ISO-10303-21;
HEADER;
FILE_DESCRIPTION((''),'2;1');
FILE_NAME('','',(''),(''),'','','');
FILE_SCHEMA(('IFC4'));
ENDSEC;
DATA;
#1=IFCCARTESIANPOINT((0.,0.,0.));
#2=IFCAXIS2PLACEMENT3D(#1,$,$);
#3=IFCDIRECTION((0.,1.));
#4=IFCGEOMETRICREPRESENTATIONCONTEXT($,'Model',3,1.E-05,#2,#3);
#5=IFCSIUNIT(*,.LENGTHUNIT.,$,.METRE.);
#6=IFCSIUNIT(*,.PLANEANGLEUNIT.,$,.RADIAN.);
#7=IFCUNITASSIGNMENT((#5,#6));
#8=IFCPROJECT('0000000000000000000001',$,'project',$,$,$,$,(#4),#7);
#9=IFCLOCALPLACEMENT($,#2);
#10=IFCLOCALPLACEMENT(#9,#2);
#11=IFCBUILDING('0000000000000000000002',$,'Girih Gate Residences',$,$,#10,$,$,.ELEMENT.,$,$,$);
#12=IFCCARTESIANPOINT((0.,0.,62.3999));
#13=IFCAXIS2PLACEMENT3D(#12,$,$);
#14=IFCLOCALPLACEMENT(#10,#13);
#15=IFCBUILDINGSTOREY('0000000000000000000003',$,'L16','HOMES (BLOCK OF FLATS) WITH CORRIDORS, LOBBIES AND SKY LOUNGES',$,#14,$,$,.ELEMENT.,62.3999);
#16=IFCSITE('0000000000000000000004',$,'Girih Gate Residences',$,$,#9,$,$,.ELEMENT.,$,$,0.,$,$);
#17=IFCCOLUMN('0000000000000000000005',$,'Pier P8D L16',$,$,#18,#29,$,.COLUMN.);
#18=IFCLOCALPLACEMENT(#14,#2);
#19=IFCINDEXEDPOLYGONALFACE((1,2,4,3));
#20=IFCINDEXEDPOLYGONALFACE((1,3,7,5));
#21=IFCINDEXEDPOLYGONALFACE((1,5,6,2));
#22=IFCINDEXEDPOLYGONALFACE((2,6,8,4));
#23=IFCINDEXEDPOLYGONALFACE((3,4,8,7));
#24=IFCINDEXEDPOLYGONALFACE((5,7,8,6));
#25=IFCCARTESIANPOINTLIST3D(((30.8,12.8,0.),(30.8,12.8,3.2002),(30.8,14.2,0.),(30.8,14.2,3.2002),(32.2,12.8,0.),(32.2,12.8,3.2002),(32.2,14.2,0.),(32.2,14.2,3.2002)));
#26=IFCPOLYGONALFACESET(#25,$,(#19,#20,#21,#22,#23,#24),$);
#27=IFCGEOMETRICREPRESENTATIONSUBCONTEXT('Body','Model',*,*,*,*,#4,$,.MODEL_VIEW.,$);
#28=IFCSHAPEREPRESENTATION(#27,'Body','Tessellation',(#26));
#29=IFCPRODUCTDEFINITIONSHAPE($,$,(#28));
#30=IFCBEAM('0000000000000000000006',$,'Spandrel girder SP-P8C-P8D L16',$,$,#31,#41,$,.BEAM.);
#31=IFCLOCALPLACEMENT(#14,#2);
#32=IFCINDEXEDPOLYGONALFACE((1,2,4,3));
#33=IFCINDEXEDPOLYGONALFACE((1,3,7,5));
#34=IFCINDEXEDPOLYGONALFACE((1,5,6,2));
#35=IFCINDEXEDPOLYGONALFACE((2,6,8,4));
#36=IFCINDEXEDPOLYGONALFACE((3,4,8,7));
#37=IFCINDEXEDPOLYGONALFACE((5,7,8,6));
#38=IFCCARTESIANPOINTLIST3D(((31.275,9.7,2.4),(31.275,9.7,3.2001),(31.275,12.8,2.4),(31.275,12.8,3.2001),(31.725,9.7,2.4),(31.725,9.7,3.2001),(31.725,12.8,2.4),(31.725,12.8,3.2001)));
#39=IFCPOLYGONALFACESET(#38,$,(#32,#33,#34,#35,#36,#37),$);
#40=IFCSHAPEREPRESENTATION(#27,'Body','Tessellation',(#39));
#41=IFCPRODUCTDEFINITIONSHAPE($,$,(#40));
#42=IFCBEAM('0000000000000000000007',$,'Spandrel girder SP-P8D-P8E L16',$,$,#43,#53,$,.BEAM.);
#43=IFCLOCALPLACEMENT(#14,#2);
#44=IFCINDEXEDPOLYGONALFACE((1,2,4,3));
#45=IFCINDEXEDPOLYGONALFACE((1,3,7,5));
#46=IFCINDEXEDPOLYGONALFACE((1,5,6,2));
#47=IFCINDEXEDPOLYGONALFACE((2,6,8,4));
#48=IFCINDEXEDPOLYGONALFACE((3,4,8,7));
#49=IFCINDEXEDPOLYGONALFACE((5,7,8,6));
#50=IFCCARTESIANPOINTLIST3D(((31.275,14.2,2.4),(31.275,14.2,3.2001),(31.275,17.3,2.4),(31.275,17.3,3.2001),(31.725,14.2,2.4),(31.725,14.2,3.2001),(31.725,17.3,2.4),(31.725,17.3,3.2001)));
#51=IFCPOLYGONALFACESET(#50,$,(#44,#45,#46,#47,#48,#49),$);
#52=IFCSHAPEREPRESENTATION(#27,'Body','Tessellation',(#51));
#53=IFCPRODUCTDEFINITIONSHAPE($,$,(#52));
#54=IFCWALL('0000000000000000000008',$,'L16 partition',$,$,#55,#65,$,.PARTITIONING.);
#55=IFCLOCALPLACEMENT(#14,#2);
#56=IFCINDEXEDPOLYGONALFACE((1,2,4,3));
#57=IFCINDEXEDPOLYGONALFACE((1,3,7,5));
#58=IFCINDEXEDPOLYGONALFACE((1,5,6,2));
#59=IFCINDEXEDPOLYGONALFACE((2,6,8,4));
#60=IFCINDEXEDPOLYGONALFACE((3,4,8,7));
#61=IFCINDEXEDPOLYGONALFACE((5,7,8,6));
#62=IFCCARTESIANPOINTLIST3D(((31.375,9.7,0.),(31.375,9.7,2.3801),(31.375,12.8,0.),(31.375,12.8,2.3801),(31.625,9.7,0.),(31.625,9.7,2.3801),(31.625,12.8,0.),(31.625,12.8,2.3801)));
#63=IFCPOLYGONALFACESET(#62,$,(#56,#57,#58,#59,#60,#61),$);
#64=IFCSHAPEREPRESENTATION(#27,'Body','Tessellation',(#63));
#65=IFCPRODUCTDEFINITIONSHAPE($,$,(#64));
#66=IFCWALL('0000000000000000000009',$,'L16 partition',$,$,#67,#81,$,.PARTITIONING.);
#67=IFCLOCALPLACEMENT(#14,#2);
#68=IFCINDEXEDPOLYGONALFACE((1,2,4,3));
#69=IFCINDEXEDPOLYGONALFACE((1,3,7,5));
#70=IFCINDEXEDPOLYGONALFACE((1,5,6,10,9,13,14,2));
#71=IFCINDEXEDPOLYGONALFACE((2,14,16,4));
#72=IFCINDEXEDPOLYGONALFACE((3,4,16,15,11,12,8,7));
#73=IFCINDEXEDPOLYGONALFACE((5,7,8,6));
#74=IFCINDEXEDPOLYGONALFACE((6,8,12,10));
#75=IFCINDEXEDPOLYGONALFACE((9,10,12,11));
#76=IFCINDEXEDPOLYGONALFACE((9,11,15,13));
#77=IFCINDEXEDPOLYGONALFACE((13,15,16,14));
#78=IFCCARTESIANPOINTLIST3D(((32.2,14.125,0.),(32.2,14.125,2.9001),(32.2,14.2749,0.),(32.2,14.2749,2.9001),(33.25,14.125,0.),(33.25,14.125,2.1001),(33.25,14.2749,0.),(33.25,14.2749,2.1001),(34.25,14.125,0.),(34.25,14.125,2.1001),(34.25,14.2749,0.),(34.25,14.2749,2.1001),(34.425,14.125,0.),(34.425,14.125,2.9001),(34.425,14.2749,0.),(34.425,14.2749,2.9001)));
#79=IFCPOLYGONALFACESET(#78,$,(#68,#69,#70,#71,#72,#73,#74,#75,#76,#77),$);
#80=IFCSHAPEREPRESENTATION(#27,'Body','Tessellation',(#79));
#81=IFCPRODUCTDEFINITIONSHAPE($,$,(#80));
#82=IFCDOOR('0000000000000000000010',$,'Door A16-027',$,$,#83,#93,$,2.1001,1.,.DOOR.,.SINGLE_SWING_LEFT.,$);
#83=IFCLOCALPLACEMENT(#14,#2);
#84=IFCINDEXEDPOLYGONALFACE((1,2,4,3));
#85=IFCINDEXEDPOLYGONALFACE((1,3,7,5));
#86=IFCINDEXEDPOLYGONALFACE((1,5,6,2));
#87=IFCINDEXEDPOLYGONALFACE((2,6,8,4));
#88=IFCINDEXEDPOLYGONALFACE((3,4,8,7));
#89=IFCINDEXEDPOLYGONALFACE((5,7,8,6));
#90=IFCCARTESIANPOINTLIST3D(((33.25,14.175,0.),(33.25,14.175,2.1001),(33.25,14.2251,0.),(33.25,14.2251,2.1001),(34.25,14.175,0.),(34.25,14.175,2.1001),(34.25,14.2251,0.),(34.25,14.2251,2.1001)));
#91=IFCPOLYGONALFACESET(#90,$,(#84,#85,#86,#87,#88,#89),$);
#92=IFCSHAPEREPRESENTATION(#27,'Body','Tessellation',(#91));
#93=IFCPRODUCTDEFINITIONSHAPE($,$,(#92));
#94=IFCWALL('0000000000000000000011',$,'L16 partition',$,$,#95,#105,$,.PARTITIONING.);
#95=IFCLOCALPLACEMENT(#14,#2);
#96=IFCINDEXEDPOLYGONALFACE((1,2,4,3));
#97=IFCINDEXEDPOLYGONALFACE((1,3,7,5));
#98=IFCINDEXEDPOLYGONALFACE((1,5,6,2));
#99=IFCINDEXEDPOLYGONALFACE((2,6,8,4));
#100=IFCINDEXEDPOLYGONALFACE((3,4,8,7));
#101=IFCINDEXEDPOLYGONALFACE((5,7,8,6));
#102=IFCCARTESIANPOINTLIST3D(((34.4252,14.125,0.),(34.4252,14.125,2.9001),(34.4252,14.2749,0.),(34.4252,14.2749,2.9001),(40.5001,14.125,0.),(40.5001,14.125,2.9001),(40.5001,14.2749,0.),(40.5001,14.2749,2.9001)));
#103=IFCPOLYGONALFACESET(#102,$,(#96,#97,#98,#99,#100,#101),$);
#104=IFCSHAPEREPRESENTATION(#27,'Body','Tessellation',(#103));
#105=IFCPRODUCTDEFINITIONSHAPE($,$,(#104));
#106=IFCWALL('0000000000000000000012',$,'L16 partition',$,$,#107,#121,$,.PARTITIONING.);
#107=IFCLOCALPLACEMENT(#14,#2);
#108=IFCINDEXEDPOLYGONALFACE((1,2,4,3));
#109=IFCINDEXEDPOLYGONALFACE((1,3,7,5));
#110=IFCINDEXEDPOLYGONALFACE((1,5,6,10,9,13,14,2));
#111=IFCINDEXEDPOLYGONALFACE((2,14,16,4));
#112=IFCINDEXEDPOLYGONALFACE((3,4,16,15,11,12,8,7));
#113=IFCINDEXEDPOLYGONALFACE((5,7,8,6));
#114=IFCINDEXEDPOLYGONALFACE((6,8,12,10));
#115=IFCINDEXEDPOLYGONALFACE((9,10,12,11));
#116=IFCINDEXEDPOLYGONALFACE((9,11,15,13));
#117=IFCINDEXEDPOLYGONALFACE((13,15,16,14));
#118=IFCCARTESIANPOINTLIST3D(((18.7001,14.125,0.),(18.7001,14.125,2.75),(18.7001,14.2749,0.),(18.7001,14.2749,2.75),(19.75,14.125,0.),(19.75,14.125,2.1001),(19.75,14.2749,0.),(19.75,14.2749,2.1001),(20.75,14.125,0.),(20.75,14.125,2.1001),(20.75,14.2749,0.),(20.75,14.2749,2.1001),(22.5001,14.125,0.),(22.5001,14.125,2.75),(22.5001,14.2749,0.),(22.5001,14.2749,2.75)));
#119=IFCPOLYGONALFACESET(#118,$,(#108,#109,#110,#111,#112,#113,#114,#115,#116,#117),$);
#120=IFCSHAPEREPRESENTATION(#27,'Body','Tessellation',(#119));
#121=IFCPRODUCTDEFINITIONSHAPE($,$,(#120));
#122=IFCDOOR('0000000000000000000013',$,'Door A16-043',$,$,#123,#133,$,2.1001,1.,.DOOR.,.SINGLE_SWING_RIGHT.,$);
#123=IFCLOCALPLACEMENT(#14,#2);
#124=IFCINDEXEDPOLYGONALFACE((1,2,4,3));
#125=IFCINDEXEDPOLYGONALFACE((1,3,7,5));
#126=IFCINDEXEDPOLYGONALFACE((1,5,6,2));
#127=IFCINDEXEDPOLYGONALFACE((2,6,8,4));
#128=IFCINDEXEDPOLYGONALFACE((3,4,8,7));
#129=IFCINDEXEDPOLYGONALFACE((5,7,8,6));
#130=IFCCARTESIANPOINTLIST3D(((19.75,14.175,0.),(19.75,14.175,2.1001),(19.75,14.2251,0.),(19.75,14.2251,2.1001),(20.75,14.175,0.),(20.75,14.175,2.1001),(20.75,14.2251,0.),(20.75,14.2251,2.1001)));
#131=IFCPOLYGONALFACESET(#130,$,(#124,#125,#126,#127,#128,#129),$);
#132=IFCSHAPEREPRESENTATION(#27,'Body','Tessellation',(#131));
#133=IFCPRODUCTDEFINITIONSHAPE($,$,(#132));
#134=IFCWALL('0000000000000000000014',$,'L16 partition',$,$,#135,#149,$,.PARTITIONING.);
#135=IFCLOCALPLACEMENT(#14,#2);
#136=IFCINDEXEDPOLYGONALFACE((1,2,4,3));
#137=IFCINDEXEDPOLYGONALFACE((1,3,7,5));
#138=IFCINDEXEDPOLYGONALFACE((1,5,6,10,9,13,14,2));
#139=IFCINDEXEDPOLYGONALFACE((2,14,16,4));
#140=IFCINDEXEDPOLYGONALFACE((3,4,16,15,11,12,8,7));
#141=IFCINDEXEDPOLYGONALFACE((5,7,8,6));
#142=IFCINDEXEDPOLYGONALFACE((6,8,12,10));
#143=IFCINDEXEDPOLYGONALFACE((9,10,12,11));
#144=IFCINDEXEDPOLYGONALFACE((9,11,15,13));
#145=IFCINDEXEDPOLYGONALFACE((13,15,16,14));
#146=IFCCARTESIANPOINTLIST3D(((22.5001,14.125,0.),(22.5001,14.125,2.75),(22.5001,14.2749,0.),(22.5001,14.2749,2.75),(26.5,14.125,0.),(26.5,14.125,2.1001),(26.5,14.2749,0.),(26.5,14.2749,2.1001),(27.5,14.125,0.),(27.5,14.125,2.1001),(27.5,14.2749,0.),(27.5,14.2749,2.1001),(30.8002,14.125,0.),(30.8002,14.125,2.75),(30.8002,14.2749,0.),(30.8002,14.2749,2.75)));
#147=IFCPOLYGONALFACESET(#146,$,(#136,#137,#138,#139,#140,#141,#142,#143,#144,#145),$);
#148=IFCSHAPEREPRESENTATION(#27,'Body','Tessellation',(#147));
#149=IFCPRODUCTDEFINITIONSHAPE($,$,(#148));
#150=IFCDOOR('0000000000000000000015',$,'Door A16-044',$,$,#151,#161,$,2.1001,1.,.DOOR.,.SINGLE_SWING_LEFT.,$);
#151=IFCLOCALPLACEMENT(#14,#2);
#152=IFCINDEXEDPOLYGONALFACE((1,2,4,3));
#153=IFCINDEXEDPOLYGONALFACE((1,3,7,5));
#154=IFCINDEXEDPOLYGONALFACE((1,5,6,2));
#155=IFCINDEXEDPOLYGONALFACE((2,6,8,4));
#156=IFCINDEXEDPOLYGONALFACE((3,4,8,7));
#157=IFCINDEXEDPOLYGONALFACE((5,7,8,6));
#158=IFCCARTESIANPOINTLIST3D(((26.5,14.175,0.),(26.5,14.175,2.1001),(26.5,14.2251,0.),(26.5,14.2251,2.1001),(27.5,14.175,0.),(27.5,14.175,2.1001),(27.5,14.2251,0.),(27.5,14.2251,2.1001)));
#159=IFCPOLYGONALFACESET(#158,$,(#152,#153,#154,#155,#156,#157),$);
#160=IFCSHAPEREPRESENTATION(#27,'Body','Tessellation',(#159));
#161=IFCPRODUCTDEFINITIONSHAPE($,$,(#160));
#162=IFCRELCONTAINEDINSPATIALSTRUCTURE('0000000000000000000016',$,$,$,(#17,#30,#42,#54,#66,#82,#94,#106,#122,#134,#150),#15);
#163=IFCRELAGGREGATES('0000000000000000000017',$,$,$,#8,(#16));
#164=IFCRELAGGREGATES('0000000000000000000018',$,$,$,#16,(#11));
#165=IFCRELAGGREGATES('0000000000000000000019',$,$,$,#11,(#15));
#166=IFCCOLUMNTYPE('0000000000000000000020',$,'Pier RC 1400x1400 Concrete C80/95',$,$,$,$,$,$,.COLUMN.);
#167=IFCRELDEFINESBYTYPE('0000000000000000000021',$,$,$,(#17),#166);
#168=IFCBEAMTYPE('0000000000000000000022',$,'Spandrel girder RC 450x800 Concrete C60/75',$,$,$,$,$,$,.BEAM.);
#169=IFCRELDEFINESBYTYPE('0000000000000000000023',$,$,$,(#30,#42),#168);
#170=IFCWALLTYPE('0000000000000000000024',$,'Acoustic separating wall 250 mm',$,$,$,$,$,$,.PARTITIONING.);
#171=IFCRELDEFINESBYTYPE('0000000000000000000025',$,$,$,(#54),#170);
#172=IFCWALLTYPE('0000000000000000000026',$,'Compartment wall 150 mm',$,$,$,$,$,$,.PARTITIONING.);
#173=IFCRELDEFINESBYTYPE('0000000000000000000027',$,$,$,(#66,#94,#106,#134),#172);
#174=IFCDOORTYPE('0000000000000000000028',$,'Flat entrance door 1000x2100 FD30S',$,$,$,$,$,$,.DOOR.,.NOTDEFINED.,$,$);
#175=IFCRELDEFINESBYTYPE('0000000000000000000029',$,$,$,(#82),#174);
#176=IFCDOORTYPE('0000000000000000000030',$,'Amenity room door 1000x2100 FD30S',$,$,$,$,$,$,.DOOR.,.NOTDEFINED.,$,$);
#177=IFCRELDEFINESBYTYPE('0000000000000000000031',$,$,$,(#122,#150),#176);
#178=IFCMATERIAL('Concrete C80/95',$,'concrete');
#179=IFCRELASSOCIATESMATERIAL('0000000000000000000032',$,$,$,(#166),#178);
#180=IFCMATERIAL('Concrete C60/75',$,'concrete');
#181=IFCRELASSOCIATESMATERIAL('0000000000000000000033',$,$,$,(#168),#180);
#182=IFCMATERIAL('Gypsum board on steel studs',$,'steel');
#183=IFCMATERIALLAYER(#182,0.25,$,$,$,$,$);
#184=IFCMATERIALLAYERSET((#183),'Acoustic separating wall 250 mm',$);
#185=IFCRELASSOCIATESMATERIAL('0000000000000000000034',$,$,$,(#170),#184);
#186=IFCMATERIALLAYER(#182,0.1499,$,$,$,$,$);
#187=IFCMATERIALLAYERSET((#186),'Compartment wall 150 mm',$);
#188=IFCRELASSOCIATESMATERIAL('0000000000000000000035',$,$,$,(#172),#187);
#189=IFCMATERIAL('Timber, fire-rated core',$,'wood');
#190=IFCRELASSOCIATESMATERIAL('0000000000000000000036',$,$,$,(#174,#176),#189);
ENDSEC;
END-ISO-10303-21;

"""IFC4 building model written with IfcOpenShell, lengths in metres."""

from ifc_helpers import new_model, si_unit, direction, frame, frame_2d, origin, origin_2d, place, context, subcontext, project, spatial, rectangle, extrude, material, layer, layer_set, material_profile, profile_set, type_object, element, fill, save


model = new_model("IFC4")

# Units and contexts
model_context = context("Model", 3, precision=1e-05, world=origin(), true_north=direction((0.0, 1.0)))
body_context = subcontext(model_context, "Body", "Model", "MODEL_VIEW")
ifc_project = project(units=[si_unit("LENGTHUNIT", "METRE"), si_unit("PLANEANGLEUNIT", "RADIAN")], contexts=[model_context])

# Site, building, storey
site_placement = place(None, origin())
site = spatial("IfcSite", under=ifc_project, at=site_placement, Name="Girih Gate Residences", CompositionType="ELEMENT", RefElevation=0.0)
building_placement = place(site_placement, origin())
building = spatial("IfcBuilding", under=site, at=building_placement, Name="Girih Gate Residences", CompositionType="ELEMENT")
storey_placement = place(building_placement, frame((0.0, 0.0, 62.3999)))
storey = spatial("IfcBuildingStorey", under=building, at=storey_placement, Name="L16", Description="HOMES (BLOCK OF FLATS) WITH CORRIDORS, LOBBIES AND SKY LOUNGES", CompositionType="ELEMENT", Elevation=62.3999)

# Column
ifc_material_1 = material(Name="Concrete C80/95", Category="concrete")
ifc_material_profile_1 = material_profile(ifc_material_1, rectangle(XDim=1.3999, YDim=1.3999, at=origin_2d()))
ifc_profile_set_1 = profile_set([ifc_material_profile_1], Name="Concrete C80/95")
column_type = type_object("IfcColumnType", Name="Pier RC 1400x1400 Concrete C80/95", PredefinedType="COLUMN", material=ifc_profile_set_1)
column_placement = place(storey_placement, frame((31.5, 13.5, 0.0), z_axis=(0.0, 0.0, 1.0), x_axis=(1.0, 0.0, 0.0)))
element("IfcColumn", 1, at=column_placement, inside=storey, type_object=column_type, Name="Pier P8D L16", PredefinedType="COLUMN", context=body_context, shape_type="SweptSolid", body=[
    extrude(rectangle(XDim=1.3999, YDim=1.3999, at=origin_2d()), origin(), (0.0, 0.0, 1.0), 3.2002),
])

# Beams
ifc_material_2 = material(Name="Concrete C60/75", Category="concrete")
ifc_material_profile_2 = material_profile(ifc_material_2, rectangle(XDim=0.45, YDim=0.8, at=origin_2d()))
ifc_profile_set_2 = profile_set([ifc_material_profile_2], Name="Concrete C60/75")
beam_type = type_object("IfcBeamType", Name="Spandrel girder RC 450x800 Concrete C60/75", PredefinedType="BEAM", material=ifc_profile_set_2)
for number, where, z_axis, x_axis, name in (
    (2, (31.5, 9.7, 2.8), (0.0, 1.0, 0.0), (-1.0, 0.0, 0.0), "Spandrel girder SP-P8C-P8D L16"),
    (3, (31.5, 14.2, 2.8), (0.0, 1.0, 0.0), (-1.0, 0.0, 0.0), "Spandrel girder SP-P8D-P8E L16"),
):
    element("IfcBeam", number, at=place(storey_placement, frame(where, z_axis=z_axis, x_axis=x_axis)), inside=storey, type_object=beam_type, Name=name, PredefinedType="BEAM", context=body_context, shape_type="SweptSolid", body=[
        extrude(rectangle(XDim=0.45, YDim=0.8, at=origin_2d()), origin(), (0.0, 0.0, 1.0), 3.1001),
    ])

# Wall
ifc_material_3 = material(Name="Gypsum board on steel studs", Category="steel")
ifc_layer_1 = layer(ifc_material_3, 0.25)
ifc_layer_set_1 = layer_set([ifc_layer_1], Name="Acoustic separating wall 250 mm")
wall_type_1 = type_object("IfcWallType", Name="Acoustic separating wall 250 mm", PredefinedType="PARTITIONING", material=ifc_layer_set_1)
wall_1_placement = place(storey_placement, frame((31.5, 9.7, 0.0), z_axis=(0.0, 0.0, 1.0), x_axis=(0.0, 1.0, 0.0)))
element("IfcWall", 4, at=wall_1_placement, inside=storey, type_object=wall_type_1, Name="L16 partition", PredefinedType="PARTITIONING", context=body_context, shape_type="SweptSolid", body=[
    extrude(rectangle(XDim=3.1001, YDim=0.25, at=frame_2d((1.55, 0.0))), origin(), (0.0, 0.0, 1.0), 2.3801),
])

# Wall, opening, door
ifc_layer_2 = layer(ifc_material_3, 0.1499)
ifc_layer_set_2 = layer_set([ifc_layer_2], Name="Compartment wall 150 mm")
wall_type_2 = type_object("IfcWallType", Name="Compartment wall 150 mm", PredefinedType="PARTITIONING", material=ifc_layer_set_2)
wall_2_placement = place(storey_placement, frame((34.425, 14.2, 0.0), z_axis=(0.0, 0.0, 1.0), x_axis=(-1.0, 0.0, 0.0)))
wall_2 = element("IfcWall", 5, at=wall_2_placement, inside=storey, type_object=wall_type_2, Name="L16 partition", PredefinedType="PARTITIONING", context=body_context, shape_type="SweptSolid", body=[
    extrude(rectangle(XDim=2.2251, YDim=0.1499, at=frame_2d((1.1125, 0.0))), origin(), (0.0, 0.0, 1.0), 2.9001),
])
opening_1_placement = place(wall_2_placement, frame((0.175, 0.0, 0.0)))
opening_1 = element("IfcOpeningElement", 6, at=opening_1_placement, cuts=wall_2, PredefinedType="OPENING", context=body_context, shape_type="SweptSolid", body=[
    extrude(rectangle(XDim=1.0, YDim=2.1001, at=frame_2d((0.5, 1.05))), frame((0.0, 0.085, 0.0), z_axis=(0.0, -1.0, 0.0), x_axis=(1.0, 0.0, 0.0)), (0.0, 0.0, 1.0), 0.1699),
])
ifc_material_4 = material(Name="Timber, fire-rated core", Category="wood")
door_type_1 = type_object("IfcDoorType", Name="Flat entrance door 1000x2100 FD30S", OperationType="NOTDEFINED", PredefinedType="DOOR", material=ifc_material_4)
door_1_placement = place(opening_1_placement, origin())
door_1 = element("IfcDoor", 7, at=door_1_placement, inside=storey, type_object=door_type_1, Name="Door A16-027", OperationType="SINGLE_SWING_LEFT", OverallHeight=2.1001, OverallWidth=1.0, PredefinedType="DOOR", context=body_context, shape_type="SweptSolid", body=[
    extrude(rectangle(XDim=1.0, YDim=2.1001, at=frame_2d((0.5, 1.05))), frame((0.0, 0.0249, 0.0), z_axis=(0.0, -1.0, 0.0), x_axis=(1.0, 0.0, 0.0)), (0.0, 0.0, 1.0), 0.05),
])
fill(opening_1, door_1)

# Wall
wall_3_placement = place(storey_placement, frame((34.425, 14.2, 0.0), z_axis=(0.0, 0.0, 1.0), x_axis=(1.0, 0.0, 0.0)))
element("IfcWall", 8, at=wall_3_placement, inside=storey, type_object=wall_type_2, Name="L16 partition", PredefinedType="PARTITIONING", context=body_context, shape_type="SweptSolid", body=[
    extrude(rectangle(XDim=6.075, YDim=0.1499, at=frame_2d((3.0376, 0.0))), origin(), (0.0, 0.0, 1.0), 2.9001),
])

# Walls, openings, doors
wall_4_placement = place(storey_placement, frame((22.5, 14.2, 0.0), z_axis=(0.0, 0.0, 1.0), x_axis=(-1.0, 0.0, 0.0)))
wall_4 = element("IfcWall", 9, at=wall_4_placement, inside=storey, type_object=wall_type_2, Name="L16 partition", PredefinedType="PARTITIONING", context=body_context, shape_type="SweptSolid", body=[
    extrude(rectangle(XDim=3.8, YDim=0.1499, at=frame_2d((1.8999, 0.0))), origin(), (0.0, 0.0, 1.0), 2.75),
])
opening_2_placement = place(wall_4_placement, frame((1.75, 0.0, 0.0)))
opening_2 = element("IfcOpeningElement", 10, at=opening_2_placement, cuts=wall_4, PredefinedType="OPENING", context=body_context, shape_type="SweptSolid", body=[
    extrude(rectangle(XDim=1.0, YDim=2.1001, at=frame_2d((0.5, 1.05))), frame((0.0, 0.085, 0.0), z_axis=(0.0, -1.0, 0.0), x_axis=(1.0, 0.0, 0.0)), (0.0, 0.0, 1.0), 0.1699),
])
door_type_2 = type_object("IfcDoorType", Name="Amenity room door 1000x2100 FD30S", OperationType="NOTDEFINED", PredefinedType="DOOR", material=ifc_material_4)
door_2_placement = place(opening_2_placement, origin())
door_2 = element("IfcDoor", 11, at=door_2_placement, inside=storey, type_object=door_type_2, Name="Door A16-043", OperationType="SINGLE_SWING_RIGHT", OverallHeight=2.1001, OverallWidth=1.0, PredefinedType="DOOR", context=body_context, shape_type="SweptSolid", body=[
    extrude(rectangle(XDim=1.0, YDim=2.1001, at=frame_2d((0.5, 1.05))), frame((0.0, 0.0249, 0.0), z_axis=(0.0, -1.0, 0.0), x_axis=(1.0, 0.0, 0.0)), (0.0, 0.0, 1.0), 0.05),
])
fill(opening_2, door_2)
wall_5_placement = place(storey_placement, frame((30.8, 14.2, 0.0), z_axis=(0.0, 0.0, 1.0), x_axis=(-1.0, 0.0, 0.0)))
wall_5 = element("IfcWall", 12, at=wall_5_placement, inside=storey, type_object=wall_type_2, Name="L16 partition", PredefinedType="PARTITIONING", context=body_context, shape_type="SweptSolid", body=[
    extrude(rectangle(XDim=8.3, YDim=0.1499, at=frame_2d((4.1499, 0.0))), origin(), (0.0, 0.0, 1.0), 2.75),
])
opening_3_placement = place(wall_5_placement, frame((3.3, 0.0, 0.0)))
opening_3 = element("IfcOpeningElement", 13, at=opening_3_placement, cuts=wall_5, PredefinedType="OPENING", context=body_context, shape_type="SweptSolid", body=[
    extrude(rectangle(XDim=1.0, YDim=2.1001, at=frame_2d((0.5, 1.05))), frame((0.0, 0.085, 0.0), z_axis=(0.0, -1.0, 0.0), x_axis=(1.0, 0.0, 0.0)), (0.0, 0.0, 1.0), 0.1699),
])
door_3_placement = place(opening_3_placement, origin())
door_3 = element("IfcDoor", 14, at=door_3_placement, inside=storey, type_object=door_type_2, Name="Door A16-044", OperationType="SINGLE_SWING_LEFT", OverallHeight=2.1001, OverallWidth=1.0, PredefinedType="DOOR", context=body_context, shape_type="SweptSolid", body=[
    extrude(rectangle(XDim=1.0, YDim=2.1001, at=frame_2d((0.5, 1.05))), frame((0.0, 0.0249, 0.0), z_axis=(0.0, -1.0, 0.0), x_axis=(1.0, 0.0, 0.0)), (0.0, 0.0, 1.0), 0.05),
])
fill(opening_3, door_3)

save(model, "model.ifc")
